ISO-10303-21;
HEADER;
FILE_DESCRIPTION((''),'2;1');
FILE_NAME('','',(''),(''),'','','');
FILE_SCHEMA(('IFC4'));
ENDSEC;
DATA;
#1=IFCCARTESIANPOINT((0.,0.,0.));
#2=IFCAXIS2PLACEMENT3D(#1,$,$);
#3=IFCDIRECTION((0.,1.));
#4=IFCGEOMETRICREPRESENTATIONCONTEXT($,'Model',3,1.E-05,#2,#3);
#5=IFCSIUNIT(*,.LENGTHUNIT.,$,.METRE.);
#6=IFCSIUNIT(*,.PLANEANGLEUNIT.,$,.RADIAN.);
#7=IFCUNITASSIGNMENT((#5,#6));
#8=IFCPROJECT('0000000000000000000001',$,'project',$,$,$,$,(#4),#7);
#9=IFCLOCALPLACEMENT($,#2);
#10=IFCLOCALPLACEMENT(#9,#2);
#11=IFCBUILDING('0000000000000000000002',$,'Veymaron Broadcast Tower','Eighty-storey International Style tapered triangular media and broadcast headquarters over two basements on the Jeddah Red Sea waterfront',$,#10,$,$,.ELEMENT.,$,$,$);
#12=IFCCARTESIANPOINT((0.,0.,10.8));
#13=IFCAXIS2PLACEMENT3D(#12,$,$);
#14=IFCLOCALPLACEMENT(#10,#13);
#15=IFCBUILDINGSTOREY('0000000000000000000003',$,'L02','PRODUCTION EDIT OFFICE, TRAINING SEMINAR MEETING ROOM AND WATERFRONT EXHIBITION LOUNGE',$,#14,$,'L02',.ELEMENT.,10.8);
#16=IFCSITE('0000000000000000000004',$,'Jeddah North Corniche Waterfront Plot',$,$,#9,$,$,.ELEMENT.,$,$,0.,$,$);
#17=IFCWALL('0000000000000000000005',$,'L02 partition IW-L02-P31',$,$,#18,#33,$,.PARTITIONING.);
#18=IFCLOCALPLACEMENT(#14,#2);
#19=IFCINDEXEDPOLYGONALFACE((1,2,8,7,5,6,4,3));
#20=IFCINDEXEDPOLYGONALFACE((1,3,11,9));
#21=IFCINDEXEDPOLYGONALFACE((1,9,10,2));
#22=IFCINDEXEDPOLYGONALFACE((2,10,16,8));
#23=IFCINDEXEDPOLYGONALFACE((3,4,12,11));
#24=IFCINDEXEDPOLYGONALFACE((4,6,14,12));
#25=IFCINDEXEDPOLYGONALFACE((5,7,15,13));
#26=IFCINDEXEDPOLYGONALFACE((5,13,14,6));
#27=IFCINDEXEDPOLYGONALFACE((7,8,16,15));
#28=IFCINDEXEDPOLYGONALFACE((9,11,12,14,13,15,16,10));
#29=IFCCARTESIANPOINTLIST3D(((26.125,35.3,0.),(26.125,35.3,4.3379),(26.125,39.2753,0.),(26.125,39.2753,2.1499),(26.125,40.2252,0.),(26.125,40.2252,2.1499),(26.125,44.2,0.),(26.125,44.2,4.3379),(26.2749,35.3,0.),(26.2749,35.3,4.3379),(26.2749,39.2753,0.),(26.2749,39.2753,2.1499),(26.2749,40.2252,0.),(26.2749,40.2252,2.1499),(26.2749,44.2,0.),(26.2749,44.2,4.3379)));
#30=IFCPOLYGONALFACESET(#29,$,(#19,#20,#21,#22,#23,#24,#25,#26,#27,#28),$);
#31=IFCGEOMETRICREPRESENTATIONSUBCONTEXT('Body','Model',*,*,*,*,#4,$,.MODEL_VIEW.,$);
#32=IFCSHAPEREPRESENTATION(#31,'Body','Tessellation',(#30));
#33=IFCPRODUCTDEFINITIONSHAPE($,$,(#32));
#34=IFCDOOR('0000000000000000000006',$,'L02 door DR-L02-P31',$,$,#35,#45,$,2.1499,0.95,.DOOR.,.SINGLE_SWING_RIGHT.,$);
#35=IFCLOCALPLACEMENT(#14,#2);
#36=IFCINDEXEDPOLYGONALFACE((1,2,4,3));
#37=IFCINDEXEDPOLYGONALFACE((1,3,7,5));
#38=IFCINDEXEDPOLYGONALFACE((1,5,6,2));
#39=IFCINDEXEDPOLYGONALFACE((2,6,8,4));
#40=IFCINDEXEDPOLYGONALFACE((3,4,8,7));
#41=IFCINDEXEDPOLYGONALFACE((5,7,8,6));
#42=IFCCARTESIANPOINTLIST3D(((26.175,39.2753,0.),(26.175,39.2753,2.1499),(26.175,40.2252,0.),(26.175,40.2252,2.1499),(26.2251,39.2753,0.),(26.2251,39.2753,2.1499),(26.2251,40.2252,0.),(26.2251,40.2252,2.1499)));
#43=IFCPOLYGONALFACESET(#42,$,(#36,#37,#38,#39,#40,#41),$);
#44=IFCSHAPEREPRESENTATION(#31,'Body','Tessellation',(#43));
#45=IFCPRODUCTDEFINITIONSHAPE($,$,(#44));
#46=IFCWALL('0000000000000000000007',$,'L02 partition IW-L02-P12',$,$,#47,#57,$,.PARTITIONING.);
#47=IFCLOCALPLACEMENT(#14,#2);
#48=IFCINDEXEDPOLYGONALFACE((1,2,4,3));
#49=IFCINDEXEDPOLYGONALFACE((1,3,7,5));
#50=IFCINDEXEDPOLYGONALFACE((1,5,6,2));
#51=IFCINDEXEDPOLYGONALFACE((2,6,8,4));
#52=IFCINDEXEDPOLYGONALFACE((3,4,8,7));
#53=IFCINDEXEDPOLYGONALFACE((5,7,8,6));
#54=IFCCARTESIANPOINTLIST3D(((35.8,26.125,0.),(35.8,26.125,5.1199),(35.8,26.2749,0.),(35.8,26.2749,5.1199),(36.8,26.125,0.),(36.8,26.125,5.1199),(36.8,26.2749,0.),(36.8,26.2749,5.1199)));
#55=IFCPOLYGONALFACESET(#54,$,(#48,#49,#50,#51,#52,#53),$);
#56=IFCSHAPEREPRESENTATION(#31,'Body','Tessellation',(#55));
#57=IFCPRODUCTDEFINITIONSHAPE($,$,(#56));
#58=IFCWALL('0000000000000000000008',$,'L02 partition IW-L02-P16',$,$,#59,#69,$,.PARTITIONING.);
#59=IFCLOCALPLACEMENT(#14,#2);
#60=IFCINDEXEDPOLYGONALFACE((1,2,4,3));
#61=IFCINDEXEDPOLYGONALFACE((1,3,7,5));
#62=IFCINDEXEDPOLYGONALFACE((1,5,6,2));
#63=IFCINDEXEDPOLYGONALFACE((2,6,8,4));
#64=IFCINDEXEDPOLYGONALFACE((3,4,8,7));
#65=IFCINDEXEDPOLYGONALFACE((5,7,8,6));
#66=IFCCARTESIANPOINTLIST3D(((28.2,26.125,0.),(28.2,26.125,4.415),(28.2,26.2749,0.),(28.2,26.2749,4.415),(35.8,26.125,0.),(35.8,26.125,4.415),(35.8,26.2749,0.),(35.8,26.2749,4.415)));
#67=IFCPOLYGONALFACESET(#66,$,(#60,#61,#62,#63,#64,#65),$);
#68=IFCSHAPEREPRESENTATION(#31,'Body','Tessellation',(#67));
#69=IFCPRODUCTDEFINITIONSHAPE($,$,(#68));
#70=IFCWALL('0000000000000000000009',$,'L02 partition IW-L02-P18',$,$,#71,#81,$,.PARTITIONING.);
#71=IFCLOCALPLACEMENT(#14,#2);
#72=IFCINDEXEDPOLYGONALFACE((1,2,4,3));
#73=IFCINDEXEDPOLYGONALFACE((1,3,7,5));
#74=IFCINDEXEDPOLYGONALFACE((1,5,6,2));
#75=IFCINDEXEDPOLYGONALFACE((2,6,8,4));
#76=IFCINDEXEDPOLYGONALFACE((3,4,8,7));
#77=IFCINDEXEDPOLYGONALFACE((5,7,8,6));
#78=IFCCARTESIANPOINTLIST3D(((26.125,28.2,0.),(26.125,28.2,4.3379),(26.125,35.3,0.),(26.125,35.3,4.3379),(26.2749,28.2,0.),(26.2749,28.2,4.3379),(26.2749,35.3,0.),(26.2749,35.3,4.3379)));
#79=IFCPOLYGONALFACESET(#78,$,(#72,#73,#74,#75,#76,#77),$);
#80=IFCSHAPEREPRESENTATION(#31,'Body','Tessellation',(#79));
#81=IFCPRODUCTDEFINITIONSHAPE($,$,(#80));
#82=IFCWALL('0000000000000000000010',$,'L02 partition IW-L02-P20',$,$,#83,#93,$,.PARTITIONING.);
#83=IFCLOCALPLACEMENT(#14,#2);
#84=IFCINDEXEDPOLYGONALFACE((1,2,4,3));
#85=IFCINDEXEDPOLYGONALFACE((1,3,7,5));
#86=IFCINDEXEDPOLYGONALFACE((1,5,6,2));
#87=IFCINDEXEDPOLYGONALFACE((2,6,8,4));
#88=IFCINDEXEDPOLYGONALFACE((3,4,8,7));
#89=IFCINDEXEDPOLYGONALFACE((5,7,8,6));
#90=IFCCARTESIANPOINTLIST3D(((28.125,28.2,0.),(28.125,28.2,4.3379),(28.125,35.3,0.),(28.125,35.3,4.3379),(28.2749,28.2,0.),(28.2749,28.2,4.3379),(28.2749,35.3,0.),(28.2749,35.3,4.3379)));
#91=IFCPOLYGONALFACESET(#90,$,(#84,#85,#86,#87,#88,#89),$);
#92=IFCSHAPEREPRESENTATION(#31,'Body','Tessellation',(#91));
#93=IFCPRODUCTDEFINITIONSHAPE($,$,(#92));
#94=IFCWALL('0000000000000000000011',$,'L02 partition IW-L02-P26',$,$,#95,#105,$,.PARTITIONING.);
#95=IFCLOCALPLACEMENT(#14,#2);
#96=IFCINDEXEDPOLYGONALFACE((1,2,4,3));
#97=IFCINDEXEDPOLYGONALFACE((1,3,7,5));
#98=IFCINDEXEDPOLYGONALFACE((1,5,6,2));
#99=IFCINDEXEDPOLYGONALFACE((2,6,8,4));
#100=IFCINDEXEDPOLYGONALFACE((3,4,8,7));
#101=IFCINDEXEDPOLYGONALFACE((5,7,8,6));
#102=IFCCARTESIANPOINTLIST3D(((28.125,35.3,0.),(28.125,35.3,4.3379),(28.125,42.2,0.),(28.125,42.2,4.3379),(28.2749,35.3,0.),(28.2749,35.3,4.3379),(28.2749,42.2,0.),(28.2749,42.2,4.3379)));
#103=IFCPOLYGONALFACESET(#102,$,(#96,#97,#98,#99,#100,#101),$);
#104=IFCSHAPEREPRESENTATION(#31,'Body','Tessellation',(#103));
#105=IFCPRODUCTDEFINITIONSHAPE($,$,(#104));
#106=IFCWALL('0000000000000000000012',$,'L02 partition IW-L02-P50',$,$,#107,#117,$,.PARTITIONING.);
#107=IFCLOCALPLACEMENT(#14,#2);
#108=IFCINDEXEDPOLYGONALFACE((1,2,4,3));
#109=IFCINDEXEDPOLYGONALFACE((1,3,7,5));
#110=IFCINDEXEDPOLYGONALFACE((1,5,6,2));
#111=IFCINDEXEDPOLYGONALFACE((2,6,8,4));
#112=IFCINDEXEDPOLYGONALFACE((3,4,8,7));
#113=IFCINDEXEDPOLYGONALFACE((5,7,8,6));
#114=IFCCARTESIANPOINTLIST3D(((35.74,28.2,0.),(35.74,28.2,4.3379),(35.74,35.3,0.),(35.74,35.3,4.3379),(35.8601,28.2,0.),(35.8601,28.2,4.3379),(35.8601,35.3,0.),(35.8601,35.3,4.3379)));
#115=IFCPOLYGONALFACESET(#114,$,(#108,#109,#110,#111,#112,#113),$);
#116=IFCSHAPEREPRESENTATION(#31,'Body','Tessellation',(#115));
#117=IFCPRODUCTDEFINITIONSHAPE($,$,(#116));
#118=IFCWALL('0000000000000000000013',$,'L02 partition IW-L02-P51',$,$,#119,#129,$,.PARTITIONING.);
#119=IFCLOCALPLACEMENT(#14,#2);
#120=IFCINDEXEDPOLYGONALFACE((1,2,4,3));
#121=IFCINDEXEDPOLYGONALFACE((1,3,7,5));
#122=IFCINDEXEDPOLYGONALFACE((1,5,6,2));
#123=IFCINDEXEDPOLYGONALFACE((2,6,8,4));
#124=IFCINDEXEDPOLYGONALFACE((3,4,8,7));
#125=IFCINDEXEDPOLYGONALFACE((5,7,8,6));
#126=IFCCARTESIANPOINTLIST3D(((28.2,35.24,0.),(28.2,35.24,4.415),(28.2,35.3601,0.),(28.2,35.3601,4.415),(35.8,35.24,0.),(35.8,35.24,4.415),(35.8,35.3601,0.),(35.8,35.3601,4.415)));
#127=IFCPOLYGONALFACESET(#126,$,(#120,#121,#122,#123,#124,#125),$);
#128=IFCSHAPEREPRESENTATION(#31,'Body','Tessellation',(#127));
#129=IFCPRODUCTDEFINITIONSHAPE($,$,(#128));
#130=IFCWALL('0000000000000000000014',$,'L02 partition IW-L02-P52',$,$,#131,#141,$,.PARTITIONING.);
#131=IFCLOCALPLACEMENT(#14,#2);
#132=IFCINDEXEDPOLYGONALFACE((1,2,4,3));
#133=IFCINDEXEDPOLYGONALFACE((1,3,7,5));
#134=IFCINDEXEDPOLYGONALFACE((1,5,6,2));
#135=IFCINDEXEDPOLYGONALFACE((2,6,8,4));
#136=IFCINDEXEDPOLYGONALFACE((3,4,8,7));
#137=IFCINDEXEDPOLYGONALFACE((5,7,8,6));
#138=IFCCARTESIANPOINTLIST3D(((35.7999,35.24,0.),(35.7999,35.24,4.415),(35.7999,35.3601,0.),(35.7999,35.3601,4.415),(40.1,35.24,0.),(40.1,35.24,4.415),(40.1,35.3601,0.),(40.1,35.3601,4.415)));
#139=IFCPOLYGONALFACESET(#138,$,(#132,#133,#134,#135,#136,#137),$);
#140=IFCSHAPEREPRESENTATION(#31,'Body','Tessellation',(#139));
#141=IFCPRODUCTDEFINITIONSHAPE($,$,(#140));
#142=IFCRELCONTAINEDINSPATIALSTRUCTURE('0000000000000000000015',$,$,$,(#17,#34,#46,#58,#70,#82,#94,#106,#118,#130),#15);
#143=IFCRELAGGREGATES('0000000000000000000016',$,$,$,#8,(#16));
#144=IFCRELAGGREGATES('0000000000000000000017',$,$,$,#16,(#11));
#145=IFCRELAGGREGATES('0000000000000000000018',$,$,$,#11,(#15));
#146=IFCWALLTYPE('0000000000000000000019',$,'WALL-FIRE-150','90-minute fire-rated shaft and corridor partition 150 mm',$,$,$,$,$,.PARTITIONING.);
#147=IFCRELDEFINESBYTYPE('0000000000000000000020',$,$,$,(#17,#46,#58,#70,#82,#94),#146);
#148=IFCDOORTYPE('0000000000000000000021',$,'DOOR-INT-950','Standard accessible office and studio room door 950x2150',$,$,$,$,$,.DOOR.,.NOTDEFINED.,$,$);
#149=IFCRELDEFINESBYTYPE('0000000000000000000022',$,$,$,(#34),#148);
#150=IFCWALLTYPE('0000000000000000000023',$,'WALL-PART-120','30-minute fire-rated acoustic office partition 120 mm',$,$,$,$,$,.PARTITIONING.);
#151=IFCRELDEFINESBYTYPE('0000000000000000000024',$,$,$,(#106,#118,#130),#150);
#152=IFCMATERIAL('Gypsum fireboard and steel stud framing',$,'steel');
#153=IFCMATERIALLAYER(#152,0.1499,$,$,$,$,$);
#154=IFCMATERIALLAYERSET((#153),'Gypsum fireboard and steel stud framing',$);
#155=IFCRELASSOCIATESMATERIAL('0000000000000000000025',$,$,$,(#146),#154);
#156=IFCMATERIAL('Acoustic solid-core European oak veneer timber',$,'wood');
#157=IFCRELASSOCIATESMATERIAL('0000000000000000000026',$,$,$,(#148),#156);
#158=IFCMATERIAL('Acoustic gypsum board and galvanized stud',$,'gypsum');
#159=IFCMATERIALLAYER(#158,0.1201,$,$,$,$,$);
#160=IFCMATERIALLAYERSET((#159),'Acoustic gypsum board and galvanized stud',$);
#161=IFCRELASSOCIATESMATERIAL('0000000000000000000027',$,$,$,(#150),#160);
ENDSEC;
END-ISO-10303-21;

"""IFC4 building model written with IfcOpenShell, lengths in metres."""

from ifc_helpers import new_model, si_unit, direction, frame, frame_2d, origin, place, context, subcontext, project, spatial, rectangle, extrude, material, layer, layer_set, type_object, element, fill, save


model = new_model("IFC4")

# Units and contexts
model_context = context("Model", 3, precision=1e-05, world=origin(), true_north=direction((0.0, 1.0)))
body_context = subcontext(model_context, "Body", "Model", "MODEL_VIEW")
ifc_project = project(units=[si_unit("LENGTHUNIT", "METRE"), si_unit("PLANEANGLEUNIT", "RADIAN")], contexts=[model_context])

# Site, building, storey
site_placement = place(None, origin())
site = spatial("IfcSite", under=ifc_project, at=site_placement, Name="Jeddah North Corniche Waterfront Plot", CompositionType="ELEMENT", RefElevation=0.0)
building_placement = place(site_placement, origin())
building = spatial("IfcBuilding", under=site, at=building_placement, Name="Veymaron Broadcast Tower", Description="Eighty-storey International Style tapered triangular media and broadcast headquarters over two basements on the Jeddah Red Sea waterfront", CompositionType="ELEMENT")
storey_placement = place(building_placement, frame((0.0, 0.0, 10.8)))
storey = spatial("IfcBuildingStorey", under=building, at=storey_placement, Name="L02", Description="PRODUCTION EDIT OFFICE, TRAINING SEMINAR MEETING ROOM AND WATERFRONT EXHIBITION LOUNGE", LongName="L02", CompositionType="ELEMENT", Elevation=10.8)

# Wall, opening, door
ifc_material_1 = material(Name="Gypsum fireboard and steel stud framing", Category="steel")
ifc_layer_1 = layer(ifc_material_1, 0.1499)
ifc_layer_set_1 = layer_set([ifc_layer_1], Name="Gypsum fireboard and steel stud framing")
wall_type_1 = type_object("IfcWallType", Name="WALL-FIRE-150", Description="90-minute fire-rated shaft and corridor partition 150 mm", PredefinedType="PARTITIONING", material=ifc_layer_set_1)
ifc_material_2 = material(Name="Acoustic solid-core European oak veneer timber", Category="wood")
door_type = type_object("IfcDoorType", Name="DOOR-INT-950", Description="Standard accessible office and studio room door 950x2150", OperationType="NOTDEFINED", PredefinedType="DOOR", material=ifc_material_2)
wall_1_placement = place(storey_placement, frame((26.2, 35.3, 0.0), z_axis=(0.0, 0.0, 1.0), x_axis=(0.0, 1.0, 0.0)))
wall_1 = element("IfcWall", 1, at=wall_1_placement, inside=storey, type_object=wall_type_1, Name="L02 partition IW-L02-P31", PredefinedType="PARTITIONING", context=body_context, shape_type="SweptSolid", body=[
    extrude(rectangle(XDim=8.8999, YDim=0.1499, at=frame_2d((4.45, 0.0))), origin(), (0.0, 0.0, 1.0), 4.3379),
])
opening_1_placement = place(wall_1_placement, frame((3.9751, 0.0, 0.0)))
opening_1 = element("IfcOpeningElement", 2, at=opening_1_placement, cuts=wall_1, PredefinedType="OPENING", context=body_context, shape_type="SweptSolid", body=[
    extrude(rectangle(XDim=0.95, YDim=2.1499, at=frame_2d((0.4751, 1.075))), frame((0.0, 0.085, 0.0), z_axis=(0.0, -1.0, 0.0), x_axis=(1.0, 0.0, 0.0)), (0.0, 0.0, 1.0), 0.1699),
])
door_1_placement = place(opening_1_placement, origin())
door_1 = element("IfcDoor", 3, at=door_1_placement, inside=storey, type_object=door_type, Name="L02 door DR-L02-P31", OperationType="SINGLE_SWING_RIGHT", OverallHeight=2.1499, OverallWidth=0.95, PredefinedType="DOOR", context=body_context, shape_type="SweptSolid", body=[
    extrude(rectangle(XDim=0.95, YDim=2.1499, at=frame_2d((0.4751, 1.075))), frame((0.0, 0.0249, 0.0), z_axis=(0.0, -1.0, 0.0), x_axis=(1.0, 0.0, 0.0)), (0.0, 0.0, 1.0), 0.05),
])
fill(opening_1, door_1)

# Walls
wall_2_placement = place(storey_placement, frame((35.8, 26.2, 0.0), z_axis=(0.0, 0.0, 1.0), x_axis=(1.0, 0.0, 0.0)))
element("IfcWall", 4, at=wall_2_placement, inside=storey, type_object=wall_type_1, Name="L02 partition IW-L02-P12", PredefinedType="PARTITIONING", context=body_context, shape_type="SweptSolid", body=[
    extrude(rectangle(XDim=1.0, YDim=0.1499, at=frame_2d((0.5, 0.0))), origin(), (0.0, 0.0, 1.0), 5.1199),
])
wall_3_placement = place(storey_placement, frame((28.2, 26.2, 0.0), z_axis=(0.0, 0.0, 1.0), x_axis=(1.0, 0.0, 0.0)))
element("IfcWall", 5, at=wall_3_placement, inside=storey, type_object=wall_type_1, Name="L02 partition IW-L02-P16", PredefinedType="PARTITIONING", context=body_context, shape_type="SweptSolid", body=[
    extrude(rectangle(XDim=7.6001, YDim=0.1499, at=frame_2d((3.8, 0.0))), origin(), (0.0, 0.0, 1.0), 4.415),
])
for number, where, z_axis, x_axis, name in (
    (6, (26.2, 28.2, 0.0), (0.0, 0.0, 1.0), (0.0, 1.0, 0.0), "L02 partition IW-L02-P18"),
    (7, (28.2, 28.2, 0.0), (0.0, 0.0, 1.0), (0.0, 1.0, 0.0), "L02 partition IW-L02-P20"),
):
    element("IfcWall", number, at=place(storey_placement, frame(where, z_axis=z_axis, x_axis=x_axis)), inside=storey, type_object=wall_type_1, Name=name, PredefinedType="PARTITIONING", context=body_context, shape_type="SweptSolid", body=[
        extrude(rectangle(XDim=7.1001, YDim=0.1499, at=frame_2d((3.55, 0.0))), origin(), (0.0, 0.0, 1.0), 4.3379),
    ])
wall_4_placement = place(storey_placement, frame((28.2, 35.3, 0.0), z_axis=(0.0, 0.0, 1.0), x_axis=(0.0, 1.0, 0.0)))
element("IfcWall", 8, at=wall_4_placement, inside=storey, type_object=wall_type_1, Name="L02 partition IW-L02-P26", PredefinedType="PARTITIONING", context=body_context, shape_type="SweptSolid", body=[
    extrude(rectangle(XDim=6.8999, YDim=0.1499, at=frame_2d((3.45, 0.0))), origin(), (0.0, 0.0, 1.0), 4.3379),
])
ifc_material_3 = material(Name="Acoustic gypsum board and galvanized stud", Category="gypsum")
ifc_layer_2 = layer(ifc_material_3, 0.1201)
ifc_layer_set_2 = layer_set([ifc_layer_2], Name="Acoustic gypsum board and galvanized stud")
wall_type_2 = type_object("IfcWallType", Name="WALL-PART-120", Description="30-minute fire-rated acoustic office partition 120 mm", PredefinedType="PARTITIONING", material=ifc_layer_set_2)
wall_5_placement = place(storey_placement, frame((35.8, 28.2, 0.0), z_axis=(0.0, 0.0, 1.0), x_axis=(0.0, 1.0, 0.0)))
element("IfcWall", 9, at=wall_5_placement, inside=storey, type_object=wall_type_2, Name="L02 partition IW-L02-P50", PredefinedType="PARTITIONING", context=body_context, shape_type="SweptSolid", body=[
    extrude(rectangle(XDim=7.1001, YDim=0.1201, at=frame_2d((3.55, 0.0))), origin(), (0.0, 0.0, 1.0), 4.3379),
])
wall_6_placement = place(storey_placement, frame((28.2, 35.3, 0.0), z_axis=(0.0, 0.0, 1.0), x_axis=(1.0, 0.0, 0.0)))
element("IfcWall", 10, at=wall_6_placement, inside=storey, type_object=wall_type_2, Name="L02 partition IW-L02-P51", PredefinedType="PARTITIONING", context=body_context, shape_type="SweptSolid", body=[
    extrude(rectangle(XDim=7.6001, YDim=0.1201, at=frame_2d((3.8, 0.0))), origin(), (0.0, 0.0, 1.0), 4.415),
])
wall_7_placement = place(storey_placement, frame((35.8, 35.3, 0.0), z_axis=(0.0, 0.0, 1.0), x_axis=(1.0, 0.0, 0.0)))
element("IfcWall", 11, at=wall_7_placement, inside=storey, type_object=wall_type_2, Name="L02 partition IW-L02-P52", PredefinedType="PARTITIONING", context=body_context, shape_type="SweptSolid", body=[
    extrude(rectangle(XDim=4.3, YDim=0.1201, at=frame_2d((2.1499, 0.0))), origin(), (0.0, 0.0, 1.0), 4.415),
])

save(model, "model.ifc")
